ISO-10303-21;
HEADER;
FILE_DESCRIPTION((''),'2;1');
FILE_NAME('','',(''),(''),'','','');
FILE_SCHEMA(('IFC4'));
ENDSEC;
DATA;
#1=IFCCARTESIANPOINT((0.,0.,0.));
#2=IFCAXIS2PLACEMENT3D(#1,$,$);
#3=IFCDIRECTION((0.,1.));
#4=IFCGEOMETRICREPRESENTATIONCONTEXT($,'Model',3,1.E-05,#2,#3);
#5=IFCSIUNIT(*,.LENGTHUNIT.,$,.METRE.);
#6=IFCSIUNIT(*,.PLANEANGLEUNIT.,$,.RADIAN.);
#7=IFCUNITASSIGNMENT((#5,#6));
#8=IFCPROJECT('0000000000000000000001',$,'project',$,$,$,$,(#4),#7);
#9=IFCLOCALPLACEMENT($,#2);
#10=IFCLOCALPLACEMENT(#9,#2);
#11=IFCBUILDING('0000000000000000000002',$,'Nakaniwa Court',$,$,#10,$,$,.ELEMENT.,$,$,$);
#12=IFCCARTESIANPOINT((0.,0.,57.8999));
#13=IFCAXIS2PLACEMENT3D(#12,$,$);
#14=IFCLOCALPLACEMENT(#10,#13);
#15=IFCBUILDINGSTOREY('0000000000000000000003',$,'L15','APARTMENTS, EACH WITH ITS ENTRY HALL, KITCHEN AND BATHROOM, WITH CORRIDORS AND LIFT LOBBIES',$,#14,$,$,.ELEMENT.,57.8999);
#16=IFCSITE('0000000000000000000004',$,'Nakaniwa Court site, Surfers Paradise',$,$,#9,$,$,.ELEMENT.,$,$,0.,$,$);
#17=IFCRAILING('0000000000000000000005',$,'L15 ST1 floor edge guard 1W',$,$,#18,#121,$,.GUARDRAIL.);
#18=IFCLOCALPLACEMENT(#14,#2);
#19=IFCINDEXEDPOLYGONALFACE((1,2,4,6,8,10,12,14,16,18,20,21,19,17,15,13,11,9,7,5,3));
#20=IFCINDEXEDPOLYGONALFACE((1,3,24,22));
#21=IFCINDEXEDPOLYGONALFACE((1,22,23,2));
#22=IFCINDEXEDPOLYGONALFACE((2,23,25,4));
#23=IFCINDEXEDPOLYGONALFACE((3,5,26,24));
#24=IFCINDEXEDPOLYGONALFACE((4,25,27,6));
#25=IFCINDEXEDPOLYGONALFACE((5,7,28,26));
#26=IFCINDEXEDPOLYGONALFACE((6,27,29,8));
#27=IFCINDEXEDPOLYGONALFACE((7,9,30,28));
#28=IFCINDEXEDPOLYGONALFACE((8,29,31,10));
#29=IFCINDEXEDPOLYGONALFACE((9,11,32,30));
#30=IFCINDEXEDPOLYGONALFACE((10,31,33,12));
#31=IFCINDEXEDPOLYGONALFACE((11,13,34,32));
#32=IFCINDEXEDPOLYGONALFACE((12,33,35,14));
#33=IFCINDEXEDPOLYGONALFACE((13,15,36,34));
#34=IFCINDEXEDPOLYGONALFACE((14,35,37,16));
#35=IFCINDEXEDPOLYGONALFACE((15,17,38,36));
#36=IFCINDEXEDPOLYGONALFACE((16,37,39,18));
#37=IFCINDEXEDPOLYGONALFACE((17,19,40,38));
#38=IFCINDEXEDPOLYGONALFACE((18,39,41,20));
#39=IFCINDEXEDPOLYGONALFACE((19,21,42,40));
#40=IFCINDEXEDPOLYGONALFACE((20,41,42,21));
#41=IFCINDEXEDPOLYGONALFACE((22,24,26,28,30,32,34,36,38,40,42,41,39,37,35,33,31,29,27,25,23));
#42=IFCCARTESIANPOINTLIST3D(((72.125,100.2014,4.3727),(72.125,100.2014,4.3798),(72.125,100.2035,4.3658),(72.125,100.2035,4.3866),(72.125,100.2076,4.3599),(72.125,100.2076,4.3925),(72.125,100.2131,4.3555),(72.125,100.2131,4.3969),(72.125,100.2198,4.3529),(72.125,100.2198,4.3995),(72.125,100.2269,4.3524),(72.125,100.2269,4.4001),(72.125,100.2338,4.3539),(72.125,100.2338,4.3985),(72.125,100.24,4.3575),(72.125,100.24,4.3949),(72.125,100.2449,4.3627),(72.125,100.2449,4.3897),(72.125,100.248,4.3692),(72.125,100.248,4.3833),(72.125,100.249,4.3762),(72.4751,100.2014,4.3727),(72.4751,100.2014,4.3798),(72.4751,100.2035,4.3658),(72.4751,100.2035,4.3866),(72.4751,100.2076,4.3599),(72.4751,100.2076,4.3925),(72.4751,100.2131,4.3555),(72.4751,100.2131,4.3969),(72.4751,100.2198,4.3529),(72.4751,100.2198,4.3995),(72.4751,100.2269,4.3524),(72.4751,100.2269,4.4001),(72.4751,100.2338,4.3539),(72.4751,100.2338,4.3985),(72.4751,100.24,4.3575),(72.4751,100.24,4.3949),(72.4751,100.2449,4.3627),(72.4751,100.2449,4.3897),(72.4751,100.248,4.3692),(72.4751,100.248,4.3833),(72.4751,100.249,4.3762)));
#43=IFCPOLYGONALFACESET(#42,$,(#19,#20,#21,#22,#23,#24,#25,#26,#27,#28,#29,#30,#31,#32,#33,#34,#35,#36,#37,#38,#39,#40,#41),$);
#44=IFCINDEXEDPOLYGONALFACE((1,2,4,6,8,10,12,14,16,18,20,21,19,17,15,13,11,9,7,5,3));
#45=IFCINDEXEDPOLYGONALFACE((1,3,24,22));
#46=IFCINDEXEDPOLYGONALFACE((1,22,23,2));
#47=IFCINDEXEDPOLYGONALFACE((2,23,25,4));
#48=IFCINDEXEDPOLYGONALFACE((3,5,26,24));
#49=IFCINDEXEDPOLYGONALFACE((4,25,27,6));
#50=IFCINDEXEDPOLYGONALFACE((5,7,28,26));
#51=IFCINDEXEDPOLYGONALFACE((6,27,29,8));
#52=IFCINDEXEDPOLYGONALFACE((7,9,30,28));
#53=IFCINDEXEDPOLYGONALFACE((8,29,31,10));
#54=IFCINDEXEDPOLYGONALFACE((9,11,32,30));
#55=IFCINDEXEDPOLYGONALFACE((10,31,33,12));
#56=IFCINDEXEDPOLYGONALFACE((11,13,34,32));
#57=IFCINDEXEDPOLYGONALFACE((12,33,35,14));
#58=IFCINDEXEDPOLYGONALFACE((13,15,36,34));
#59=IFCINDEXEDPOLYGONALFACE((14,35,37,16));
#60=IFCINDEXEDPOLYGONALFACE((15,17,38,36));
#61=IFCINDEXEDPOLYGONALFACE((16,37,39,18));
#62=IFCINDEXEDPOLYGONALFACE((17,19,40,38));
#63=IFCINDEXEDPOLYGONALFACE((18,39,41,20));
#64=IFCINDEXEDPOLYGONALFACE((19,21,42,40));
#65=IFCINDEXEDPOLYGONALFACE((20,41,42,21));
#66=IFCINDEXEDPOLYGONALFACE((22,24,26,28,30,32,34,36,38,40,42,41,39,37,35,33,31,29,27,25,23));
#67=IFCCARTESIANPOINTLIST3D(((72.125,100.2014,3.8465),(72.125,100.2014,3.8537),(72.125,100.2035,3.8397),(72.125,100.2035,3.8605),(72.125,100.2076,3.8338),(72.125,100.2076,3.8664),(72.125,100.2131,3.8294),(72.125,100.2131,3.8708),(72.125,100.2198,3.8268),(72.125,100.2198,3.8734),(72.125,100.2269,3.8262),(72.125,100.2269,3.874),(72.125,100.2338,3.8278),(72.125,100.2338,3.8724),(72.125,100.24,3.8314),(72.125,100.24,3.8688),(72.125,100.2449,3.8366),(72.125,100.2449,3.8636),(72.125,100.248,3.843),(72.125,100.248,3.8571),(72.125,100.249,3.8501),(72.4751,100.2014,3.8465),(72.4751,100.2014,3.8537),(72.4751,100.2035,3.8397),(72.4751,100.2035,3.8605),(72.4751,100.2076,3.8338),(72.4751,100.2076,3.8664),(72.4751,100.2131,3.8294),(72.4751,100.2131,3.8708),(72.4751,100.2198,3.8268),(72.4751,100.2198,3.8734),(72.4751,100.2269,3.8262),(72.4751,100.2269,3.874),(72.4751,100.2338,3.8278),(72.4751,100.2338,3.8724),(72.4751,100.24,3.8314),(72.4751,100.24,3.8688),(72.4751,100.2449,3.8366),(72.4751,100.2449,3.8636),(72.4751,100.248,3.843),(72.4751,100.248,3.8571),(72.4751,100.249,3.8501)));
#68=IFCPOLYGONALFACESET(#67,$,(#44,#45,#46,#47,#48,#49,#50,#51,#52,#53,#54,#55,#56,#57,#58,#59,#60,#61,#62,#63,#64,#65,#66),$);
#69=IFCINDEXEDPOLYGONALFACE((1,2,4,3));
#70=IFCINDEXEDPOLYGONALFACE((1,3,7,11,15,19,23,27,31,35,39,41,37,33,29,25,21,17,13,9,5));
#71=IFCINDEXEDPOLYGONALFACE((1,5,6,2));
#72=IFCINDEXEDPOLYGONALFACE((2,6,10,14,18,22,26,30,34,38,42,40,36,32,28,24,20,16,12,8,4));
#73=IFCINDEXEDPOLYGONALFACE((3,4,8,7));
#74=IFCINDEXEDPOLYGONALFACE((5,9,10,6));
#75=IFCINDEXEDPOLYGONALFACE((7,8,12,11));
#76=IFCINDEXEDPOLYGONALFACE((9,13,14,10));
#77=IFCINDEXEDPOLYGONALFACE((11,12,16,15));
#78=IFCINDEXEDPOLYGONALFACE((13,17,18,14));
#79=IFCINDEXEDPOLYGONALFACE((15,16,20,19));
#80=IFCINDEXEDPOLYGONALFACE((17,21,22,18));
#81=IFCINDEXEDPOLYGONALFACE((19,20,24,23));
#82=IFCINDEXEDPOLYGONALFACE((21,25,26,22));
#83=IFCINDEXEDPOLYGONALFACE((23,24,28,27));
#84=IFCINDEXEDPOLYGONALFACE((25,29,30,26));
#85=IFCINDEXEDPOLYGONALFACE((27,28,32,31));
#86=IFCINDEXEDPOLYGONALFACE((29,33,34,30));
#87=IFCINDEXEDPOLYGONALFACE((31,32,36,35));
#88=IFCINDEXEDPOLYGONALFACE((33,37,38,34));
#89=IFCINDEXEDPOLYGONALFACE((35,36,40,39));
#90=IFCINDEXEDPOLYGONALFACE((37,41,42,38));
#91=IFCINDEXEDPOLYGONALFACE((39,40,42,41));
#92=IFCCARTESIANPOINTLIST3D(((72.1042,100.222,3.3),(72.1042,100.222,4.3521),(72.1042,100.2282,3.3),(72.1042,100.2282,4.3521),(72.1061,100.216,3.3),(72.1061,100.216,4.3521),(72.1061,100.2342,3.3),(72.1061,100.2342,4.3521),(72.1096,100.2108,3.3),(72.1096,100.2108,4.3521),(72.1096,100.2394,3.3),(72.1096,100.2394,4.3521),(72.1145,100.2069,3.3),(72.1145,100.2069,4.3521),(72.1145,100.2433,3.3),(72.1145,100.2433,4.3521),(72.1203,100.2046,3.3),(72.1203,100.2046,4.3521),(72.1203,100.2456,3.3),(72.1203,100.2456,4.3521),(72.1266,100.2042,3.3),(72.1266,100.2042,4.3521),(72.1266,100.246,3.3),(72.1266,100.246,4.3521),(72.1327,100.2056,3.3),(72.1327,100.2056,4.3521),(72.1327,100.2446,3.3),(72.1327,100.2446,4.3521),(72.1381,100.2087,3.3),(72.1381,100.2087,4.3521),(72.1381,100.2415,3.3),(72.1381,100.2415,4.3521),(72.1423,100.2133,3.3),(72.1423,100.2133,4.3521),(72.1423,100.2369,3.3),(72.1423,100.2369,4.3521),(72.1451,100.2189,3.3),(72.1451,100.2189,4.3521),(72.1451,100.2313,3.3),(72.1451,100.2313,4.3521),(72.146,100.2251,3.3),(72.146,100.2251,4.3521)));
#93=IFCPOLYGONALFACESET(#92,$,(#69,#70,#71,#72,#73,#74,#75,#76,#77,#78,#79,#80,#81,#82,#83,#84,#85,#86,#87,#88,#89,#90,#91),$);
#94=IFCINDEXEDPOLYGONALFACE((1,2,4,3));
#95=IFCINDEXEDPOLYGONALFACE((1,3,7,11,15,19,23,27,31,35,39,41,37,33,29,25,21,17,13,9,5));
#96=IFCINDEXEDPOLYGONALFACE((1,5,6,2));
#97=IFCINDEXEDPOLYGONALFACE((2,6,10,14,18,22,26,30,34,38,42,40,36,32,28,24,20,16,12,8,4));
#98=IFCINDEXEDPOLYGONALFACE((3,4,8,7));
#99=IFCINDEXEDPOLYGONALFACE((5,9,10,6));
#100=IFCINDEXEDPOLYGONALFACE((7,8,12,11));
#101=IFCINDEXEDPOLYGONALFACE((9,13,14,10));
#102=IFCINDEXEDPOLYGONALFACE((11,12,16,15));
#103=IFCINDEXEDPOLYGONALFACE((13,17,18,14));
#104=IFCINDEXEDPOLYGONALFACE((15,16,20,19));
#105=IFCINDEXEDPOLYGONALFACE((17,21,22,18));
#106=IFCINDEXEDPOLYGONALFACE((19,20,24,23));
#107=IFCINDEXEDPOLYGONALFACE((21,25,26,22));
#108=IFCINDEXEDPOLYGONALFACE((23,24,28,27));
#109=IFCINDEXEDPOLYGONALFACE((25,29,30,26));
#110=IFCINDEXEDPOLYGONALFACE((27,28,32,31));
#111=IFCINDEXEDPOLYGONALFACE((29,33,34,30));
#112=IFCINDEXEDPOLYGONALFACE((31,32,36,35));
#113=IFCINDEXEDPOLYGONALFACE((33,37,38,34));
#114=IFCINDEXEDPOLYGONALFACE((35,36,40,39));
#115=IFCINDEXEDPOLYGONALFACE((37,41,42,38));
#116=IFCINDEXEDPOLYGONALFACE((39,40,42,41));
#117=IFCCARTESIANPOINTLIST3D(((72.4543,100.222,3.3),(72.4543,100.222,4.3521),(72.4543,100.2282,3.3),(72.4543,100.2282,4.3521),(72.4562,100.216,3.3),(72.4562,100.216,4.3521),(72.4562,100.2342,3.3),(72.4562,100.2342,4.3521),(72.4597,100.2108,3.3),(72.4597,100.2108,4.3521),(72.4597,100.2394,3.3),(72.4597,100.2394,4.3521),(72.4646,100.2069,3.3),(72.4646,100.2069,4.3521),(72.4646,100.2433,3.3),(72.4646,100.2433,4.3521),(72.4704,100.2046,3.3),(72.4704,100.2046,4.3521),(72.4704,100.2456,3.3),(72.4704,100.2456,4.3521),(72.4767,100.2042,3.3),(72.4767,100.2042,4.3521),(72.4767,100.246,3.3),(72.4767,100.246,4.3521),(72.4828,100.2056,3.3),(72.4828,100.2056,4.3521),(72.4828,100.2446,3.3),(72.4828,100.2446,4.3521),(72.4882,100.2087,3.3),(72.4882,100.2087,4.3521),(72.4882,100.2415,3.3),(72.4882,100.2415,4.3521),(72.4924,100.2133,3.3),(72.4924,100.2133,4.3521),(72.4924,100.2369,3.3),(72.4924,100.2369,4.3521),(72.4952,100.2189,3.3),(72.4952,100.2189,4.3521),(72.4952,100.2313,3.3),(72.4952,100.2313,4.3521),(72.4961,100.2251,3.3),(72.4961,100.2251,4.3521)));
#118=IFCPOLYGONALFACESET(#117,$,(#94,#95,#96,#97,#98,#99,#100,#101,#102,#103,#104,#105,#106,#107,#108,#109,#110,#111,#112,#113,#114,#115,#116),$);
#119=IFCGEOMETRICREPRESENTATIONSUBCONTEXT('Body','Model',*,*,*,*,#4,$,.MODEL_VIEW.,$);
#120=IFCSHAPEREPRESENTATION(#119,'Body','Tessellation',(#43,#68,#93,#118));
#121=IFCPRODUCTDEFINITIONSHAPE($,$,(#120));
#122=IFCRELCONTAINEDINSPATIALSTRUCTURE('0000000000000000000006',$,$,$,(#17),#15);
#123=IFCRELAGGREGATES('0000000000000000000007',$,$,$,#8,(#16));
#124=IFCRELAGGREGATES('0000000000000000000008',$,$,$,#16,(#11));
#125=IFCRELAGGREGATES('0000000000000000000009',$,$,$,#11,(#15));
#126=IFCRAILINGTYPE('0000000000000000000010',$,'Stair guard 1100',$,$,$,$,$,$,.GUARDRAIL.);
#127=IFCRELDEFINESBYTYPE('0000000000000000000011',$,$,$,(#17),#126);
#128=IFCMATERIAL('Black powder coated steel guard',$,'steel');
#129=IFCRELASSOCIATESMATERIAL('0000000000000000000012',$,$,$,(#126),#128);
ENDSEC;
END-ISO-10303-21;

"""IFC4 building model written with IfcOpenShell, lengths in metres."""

from ifc_helpers import new_model, si_unit, direction, frame, origin, origin_2d, place, context, subcontext, project, spatial, circle, extrude, material, type_object, element, save


model = new_model("IFC4")

# Units and contexts
model_context = context("Model", 3, precision=1e-05, world=origin(), true_north=direction((0.0, 1.0)))
body_context = subcontext(model_context, "Body", "Model", "MODEL_VIEW")
ifc_project = project(units=[si_unit("LENGTHUNIT", "METRE"), si_unit("PLANEANGLEUNIT", "RADIAN")], contexts=[model_context])

# Site, building, storey
site_placement = place(None, origin())
site = spatial("IfcSite", under=ifc_project, at=site_placement, Name="Nakaniwa Court site, Surfers Paradise", CompositionType="ELEMENT", RefElevation=0.0)
building_placement = place(site_placement, origin())
building = spatial("IfcBuilding", under=site, at=building_placement, Name="Nakaniwa Court", CompositionType="ELEMENT")
storey_placement = place(building_placement, frame((0.0, 0.0, 57.8999)))
storey = spatial("IfcBuildingStorey", under=building, at=storey_placement, Name="L15", Description="APARTMENTS, EACH WITH ITS ENTRY HALL, KITCHEN AND BATHROOM, WITH CORRIDORS AND LIFT LOBBIES", CompositionType="ELEMENT", Elevation=57.8999)

# Railing
ifc_material_1 = material(Name="Black powder coated steel guard", Category="steel")
railing_type_1 = type_object("IfcRailingType", Name="Stair guard 1100", PredefinedType="GUARDRAIL", material=ifc_material_1)
for number, where, name in (
    (1, (72.125, 100.2251, 3.3), "L15 ST1 floor edge guard 1W"),
):
    element("IfcRailing", number, at=place(storey_placement, frame(where)), inside=storey, type_object=railing_type_1, Name=name, PredefinedType="GUARDRAIL", context=body_context, shape_type="SweptSolid", body=[
        extrude(circle(Radius=0.0239, at=origin_2d()), frame((0.0, 0.0, 1.0762), z_axis=(1.0, 0.0, 0.0), x_axis=(0.0, 1.0, 0.0)), (0.0, 0.0, 1.0), 0.3501),
        extrude(circle(Radius=0.0239, at=origin_2d()), frame((0.0, 0.0, 0.55), z_axis=(1.0, 0.0, 0.0), x_axis=(0.0, 1.0, 0.0)), (0.0, 0.0, 1.0), 0.3501),
        extrude(circle(Radius=0.021, at=origin_2d()), origin(), (0.0, 0.0, 1.0), 1.052),
        extrude(circle(Radius=0.021, at=origin_2d()), frame((0.3501, 0.0, 0.0)), (0.0, 0.0, 1.0), 1.052),
    ])

save(model, "model.ifc")
